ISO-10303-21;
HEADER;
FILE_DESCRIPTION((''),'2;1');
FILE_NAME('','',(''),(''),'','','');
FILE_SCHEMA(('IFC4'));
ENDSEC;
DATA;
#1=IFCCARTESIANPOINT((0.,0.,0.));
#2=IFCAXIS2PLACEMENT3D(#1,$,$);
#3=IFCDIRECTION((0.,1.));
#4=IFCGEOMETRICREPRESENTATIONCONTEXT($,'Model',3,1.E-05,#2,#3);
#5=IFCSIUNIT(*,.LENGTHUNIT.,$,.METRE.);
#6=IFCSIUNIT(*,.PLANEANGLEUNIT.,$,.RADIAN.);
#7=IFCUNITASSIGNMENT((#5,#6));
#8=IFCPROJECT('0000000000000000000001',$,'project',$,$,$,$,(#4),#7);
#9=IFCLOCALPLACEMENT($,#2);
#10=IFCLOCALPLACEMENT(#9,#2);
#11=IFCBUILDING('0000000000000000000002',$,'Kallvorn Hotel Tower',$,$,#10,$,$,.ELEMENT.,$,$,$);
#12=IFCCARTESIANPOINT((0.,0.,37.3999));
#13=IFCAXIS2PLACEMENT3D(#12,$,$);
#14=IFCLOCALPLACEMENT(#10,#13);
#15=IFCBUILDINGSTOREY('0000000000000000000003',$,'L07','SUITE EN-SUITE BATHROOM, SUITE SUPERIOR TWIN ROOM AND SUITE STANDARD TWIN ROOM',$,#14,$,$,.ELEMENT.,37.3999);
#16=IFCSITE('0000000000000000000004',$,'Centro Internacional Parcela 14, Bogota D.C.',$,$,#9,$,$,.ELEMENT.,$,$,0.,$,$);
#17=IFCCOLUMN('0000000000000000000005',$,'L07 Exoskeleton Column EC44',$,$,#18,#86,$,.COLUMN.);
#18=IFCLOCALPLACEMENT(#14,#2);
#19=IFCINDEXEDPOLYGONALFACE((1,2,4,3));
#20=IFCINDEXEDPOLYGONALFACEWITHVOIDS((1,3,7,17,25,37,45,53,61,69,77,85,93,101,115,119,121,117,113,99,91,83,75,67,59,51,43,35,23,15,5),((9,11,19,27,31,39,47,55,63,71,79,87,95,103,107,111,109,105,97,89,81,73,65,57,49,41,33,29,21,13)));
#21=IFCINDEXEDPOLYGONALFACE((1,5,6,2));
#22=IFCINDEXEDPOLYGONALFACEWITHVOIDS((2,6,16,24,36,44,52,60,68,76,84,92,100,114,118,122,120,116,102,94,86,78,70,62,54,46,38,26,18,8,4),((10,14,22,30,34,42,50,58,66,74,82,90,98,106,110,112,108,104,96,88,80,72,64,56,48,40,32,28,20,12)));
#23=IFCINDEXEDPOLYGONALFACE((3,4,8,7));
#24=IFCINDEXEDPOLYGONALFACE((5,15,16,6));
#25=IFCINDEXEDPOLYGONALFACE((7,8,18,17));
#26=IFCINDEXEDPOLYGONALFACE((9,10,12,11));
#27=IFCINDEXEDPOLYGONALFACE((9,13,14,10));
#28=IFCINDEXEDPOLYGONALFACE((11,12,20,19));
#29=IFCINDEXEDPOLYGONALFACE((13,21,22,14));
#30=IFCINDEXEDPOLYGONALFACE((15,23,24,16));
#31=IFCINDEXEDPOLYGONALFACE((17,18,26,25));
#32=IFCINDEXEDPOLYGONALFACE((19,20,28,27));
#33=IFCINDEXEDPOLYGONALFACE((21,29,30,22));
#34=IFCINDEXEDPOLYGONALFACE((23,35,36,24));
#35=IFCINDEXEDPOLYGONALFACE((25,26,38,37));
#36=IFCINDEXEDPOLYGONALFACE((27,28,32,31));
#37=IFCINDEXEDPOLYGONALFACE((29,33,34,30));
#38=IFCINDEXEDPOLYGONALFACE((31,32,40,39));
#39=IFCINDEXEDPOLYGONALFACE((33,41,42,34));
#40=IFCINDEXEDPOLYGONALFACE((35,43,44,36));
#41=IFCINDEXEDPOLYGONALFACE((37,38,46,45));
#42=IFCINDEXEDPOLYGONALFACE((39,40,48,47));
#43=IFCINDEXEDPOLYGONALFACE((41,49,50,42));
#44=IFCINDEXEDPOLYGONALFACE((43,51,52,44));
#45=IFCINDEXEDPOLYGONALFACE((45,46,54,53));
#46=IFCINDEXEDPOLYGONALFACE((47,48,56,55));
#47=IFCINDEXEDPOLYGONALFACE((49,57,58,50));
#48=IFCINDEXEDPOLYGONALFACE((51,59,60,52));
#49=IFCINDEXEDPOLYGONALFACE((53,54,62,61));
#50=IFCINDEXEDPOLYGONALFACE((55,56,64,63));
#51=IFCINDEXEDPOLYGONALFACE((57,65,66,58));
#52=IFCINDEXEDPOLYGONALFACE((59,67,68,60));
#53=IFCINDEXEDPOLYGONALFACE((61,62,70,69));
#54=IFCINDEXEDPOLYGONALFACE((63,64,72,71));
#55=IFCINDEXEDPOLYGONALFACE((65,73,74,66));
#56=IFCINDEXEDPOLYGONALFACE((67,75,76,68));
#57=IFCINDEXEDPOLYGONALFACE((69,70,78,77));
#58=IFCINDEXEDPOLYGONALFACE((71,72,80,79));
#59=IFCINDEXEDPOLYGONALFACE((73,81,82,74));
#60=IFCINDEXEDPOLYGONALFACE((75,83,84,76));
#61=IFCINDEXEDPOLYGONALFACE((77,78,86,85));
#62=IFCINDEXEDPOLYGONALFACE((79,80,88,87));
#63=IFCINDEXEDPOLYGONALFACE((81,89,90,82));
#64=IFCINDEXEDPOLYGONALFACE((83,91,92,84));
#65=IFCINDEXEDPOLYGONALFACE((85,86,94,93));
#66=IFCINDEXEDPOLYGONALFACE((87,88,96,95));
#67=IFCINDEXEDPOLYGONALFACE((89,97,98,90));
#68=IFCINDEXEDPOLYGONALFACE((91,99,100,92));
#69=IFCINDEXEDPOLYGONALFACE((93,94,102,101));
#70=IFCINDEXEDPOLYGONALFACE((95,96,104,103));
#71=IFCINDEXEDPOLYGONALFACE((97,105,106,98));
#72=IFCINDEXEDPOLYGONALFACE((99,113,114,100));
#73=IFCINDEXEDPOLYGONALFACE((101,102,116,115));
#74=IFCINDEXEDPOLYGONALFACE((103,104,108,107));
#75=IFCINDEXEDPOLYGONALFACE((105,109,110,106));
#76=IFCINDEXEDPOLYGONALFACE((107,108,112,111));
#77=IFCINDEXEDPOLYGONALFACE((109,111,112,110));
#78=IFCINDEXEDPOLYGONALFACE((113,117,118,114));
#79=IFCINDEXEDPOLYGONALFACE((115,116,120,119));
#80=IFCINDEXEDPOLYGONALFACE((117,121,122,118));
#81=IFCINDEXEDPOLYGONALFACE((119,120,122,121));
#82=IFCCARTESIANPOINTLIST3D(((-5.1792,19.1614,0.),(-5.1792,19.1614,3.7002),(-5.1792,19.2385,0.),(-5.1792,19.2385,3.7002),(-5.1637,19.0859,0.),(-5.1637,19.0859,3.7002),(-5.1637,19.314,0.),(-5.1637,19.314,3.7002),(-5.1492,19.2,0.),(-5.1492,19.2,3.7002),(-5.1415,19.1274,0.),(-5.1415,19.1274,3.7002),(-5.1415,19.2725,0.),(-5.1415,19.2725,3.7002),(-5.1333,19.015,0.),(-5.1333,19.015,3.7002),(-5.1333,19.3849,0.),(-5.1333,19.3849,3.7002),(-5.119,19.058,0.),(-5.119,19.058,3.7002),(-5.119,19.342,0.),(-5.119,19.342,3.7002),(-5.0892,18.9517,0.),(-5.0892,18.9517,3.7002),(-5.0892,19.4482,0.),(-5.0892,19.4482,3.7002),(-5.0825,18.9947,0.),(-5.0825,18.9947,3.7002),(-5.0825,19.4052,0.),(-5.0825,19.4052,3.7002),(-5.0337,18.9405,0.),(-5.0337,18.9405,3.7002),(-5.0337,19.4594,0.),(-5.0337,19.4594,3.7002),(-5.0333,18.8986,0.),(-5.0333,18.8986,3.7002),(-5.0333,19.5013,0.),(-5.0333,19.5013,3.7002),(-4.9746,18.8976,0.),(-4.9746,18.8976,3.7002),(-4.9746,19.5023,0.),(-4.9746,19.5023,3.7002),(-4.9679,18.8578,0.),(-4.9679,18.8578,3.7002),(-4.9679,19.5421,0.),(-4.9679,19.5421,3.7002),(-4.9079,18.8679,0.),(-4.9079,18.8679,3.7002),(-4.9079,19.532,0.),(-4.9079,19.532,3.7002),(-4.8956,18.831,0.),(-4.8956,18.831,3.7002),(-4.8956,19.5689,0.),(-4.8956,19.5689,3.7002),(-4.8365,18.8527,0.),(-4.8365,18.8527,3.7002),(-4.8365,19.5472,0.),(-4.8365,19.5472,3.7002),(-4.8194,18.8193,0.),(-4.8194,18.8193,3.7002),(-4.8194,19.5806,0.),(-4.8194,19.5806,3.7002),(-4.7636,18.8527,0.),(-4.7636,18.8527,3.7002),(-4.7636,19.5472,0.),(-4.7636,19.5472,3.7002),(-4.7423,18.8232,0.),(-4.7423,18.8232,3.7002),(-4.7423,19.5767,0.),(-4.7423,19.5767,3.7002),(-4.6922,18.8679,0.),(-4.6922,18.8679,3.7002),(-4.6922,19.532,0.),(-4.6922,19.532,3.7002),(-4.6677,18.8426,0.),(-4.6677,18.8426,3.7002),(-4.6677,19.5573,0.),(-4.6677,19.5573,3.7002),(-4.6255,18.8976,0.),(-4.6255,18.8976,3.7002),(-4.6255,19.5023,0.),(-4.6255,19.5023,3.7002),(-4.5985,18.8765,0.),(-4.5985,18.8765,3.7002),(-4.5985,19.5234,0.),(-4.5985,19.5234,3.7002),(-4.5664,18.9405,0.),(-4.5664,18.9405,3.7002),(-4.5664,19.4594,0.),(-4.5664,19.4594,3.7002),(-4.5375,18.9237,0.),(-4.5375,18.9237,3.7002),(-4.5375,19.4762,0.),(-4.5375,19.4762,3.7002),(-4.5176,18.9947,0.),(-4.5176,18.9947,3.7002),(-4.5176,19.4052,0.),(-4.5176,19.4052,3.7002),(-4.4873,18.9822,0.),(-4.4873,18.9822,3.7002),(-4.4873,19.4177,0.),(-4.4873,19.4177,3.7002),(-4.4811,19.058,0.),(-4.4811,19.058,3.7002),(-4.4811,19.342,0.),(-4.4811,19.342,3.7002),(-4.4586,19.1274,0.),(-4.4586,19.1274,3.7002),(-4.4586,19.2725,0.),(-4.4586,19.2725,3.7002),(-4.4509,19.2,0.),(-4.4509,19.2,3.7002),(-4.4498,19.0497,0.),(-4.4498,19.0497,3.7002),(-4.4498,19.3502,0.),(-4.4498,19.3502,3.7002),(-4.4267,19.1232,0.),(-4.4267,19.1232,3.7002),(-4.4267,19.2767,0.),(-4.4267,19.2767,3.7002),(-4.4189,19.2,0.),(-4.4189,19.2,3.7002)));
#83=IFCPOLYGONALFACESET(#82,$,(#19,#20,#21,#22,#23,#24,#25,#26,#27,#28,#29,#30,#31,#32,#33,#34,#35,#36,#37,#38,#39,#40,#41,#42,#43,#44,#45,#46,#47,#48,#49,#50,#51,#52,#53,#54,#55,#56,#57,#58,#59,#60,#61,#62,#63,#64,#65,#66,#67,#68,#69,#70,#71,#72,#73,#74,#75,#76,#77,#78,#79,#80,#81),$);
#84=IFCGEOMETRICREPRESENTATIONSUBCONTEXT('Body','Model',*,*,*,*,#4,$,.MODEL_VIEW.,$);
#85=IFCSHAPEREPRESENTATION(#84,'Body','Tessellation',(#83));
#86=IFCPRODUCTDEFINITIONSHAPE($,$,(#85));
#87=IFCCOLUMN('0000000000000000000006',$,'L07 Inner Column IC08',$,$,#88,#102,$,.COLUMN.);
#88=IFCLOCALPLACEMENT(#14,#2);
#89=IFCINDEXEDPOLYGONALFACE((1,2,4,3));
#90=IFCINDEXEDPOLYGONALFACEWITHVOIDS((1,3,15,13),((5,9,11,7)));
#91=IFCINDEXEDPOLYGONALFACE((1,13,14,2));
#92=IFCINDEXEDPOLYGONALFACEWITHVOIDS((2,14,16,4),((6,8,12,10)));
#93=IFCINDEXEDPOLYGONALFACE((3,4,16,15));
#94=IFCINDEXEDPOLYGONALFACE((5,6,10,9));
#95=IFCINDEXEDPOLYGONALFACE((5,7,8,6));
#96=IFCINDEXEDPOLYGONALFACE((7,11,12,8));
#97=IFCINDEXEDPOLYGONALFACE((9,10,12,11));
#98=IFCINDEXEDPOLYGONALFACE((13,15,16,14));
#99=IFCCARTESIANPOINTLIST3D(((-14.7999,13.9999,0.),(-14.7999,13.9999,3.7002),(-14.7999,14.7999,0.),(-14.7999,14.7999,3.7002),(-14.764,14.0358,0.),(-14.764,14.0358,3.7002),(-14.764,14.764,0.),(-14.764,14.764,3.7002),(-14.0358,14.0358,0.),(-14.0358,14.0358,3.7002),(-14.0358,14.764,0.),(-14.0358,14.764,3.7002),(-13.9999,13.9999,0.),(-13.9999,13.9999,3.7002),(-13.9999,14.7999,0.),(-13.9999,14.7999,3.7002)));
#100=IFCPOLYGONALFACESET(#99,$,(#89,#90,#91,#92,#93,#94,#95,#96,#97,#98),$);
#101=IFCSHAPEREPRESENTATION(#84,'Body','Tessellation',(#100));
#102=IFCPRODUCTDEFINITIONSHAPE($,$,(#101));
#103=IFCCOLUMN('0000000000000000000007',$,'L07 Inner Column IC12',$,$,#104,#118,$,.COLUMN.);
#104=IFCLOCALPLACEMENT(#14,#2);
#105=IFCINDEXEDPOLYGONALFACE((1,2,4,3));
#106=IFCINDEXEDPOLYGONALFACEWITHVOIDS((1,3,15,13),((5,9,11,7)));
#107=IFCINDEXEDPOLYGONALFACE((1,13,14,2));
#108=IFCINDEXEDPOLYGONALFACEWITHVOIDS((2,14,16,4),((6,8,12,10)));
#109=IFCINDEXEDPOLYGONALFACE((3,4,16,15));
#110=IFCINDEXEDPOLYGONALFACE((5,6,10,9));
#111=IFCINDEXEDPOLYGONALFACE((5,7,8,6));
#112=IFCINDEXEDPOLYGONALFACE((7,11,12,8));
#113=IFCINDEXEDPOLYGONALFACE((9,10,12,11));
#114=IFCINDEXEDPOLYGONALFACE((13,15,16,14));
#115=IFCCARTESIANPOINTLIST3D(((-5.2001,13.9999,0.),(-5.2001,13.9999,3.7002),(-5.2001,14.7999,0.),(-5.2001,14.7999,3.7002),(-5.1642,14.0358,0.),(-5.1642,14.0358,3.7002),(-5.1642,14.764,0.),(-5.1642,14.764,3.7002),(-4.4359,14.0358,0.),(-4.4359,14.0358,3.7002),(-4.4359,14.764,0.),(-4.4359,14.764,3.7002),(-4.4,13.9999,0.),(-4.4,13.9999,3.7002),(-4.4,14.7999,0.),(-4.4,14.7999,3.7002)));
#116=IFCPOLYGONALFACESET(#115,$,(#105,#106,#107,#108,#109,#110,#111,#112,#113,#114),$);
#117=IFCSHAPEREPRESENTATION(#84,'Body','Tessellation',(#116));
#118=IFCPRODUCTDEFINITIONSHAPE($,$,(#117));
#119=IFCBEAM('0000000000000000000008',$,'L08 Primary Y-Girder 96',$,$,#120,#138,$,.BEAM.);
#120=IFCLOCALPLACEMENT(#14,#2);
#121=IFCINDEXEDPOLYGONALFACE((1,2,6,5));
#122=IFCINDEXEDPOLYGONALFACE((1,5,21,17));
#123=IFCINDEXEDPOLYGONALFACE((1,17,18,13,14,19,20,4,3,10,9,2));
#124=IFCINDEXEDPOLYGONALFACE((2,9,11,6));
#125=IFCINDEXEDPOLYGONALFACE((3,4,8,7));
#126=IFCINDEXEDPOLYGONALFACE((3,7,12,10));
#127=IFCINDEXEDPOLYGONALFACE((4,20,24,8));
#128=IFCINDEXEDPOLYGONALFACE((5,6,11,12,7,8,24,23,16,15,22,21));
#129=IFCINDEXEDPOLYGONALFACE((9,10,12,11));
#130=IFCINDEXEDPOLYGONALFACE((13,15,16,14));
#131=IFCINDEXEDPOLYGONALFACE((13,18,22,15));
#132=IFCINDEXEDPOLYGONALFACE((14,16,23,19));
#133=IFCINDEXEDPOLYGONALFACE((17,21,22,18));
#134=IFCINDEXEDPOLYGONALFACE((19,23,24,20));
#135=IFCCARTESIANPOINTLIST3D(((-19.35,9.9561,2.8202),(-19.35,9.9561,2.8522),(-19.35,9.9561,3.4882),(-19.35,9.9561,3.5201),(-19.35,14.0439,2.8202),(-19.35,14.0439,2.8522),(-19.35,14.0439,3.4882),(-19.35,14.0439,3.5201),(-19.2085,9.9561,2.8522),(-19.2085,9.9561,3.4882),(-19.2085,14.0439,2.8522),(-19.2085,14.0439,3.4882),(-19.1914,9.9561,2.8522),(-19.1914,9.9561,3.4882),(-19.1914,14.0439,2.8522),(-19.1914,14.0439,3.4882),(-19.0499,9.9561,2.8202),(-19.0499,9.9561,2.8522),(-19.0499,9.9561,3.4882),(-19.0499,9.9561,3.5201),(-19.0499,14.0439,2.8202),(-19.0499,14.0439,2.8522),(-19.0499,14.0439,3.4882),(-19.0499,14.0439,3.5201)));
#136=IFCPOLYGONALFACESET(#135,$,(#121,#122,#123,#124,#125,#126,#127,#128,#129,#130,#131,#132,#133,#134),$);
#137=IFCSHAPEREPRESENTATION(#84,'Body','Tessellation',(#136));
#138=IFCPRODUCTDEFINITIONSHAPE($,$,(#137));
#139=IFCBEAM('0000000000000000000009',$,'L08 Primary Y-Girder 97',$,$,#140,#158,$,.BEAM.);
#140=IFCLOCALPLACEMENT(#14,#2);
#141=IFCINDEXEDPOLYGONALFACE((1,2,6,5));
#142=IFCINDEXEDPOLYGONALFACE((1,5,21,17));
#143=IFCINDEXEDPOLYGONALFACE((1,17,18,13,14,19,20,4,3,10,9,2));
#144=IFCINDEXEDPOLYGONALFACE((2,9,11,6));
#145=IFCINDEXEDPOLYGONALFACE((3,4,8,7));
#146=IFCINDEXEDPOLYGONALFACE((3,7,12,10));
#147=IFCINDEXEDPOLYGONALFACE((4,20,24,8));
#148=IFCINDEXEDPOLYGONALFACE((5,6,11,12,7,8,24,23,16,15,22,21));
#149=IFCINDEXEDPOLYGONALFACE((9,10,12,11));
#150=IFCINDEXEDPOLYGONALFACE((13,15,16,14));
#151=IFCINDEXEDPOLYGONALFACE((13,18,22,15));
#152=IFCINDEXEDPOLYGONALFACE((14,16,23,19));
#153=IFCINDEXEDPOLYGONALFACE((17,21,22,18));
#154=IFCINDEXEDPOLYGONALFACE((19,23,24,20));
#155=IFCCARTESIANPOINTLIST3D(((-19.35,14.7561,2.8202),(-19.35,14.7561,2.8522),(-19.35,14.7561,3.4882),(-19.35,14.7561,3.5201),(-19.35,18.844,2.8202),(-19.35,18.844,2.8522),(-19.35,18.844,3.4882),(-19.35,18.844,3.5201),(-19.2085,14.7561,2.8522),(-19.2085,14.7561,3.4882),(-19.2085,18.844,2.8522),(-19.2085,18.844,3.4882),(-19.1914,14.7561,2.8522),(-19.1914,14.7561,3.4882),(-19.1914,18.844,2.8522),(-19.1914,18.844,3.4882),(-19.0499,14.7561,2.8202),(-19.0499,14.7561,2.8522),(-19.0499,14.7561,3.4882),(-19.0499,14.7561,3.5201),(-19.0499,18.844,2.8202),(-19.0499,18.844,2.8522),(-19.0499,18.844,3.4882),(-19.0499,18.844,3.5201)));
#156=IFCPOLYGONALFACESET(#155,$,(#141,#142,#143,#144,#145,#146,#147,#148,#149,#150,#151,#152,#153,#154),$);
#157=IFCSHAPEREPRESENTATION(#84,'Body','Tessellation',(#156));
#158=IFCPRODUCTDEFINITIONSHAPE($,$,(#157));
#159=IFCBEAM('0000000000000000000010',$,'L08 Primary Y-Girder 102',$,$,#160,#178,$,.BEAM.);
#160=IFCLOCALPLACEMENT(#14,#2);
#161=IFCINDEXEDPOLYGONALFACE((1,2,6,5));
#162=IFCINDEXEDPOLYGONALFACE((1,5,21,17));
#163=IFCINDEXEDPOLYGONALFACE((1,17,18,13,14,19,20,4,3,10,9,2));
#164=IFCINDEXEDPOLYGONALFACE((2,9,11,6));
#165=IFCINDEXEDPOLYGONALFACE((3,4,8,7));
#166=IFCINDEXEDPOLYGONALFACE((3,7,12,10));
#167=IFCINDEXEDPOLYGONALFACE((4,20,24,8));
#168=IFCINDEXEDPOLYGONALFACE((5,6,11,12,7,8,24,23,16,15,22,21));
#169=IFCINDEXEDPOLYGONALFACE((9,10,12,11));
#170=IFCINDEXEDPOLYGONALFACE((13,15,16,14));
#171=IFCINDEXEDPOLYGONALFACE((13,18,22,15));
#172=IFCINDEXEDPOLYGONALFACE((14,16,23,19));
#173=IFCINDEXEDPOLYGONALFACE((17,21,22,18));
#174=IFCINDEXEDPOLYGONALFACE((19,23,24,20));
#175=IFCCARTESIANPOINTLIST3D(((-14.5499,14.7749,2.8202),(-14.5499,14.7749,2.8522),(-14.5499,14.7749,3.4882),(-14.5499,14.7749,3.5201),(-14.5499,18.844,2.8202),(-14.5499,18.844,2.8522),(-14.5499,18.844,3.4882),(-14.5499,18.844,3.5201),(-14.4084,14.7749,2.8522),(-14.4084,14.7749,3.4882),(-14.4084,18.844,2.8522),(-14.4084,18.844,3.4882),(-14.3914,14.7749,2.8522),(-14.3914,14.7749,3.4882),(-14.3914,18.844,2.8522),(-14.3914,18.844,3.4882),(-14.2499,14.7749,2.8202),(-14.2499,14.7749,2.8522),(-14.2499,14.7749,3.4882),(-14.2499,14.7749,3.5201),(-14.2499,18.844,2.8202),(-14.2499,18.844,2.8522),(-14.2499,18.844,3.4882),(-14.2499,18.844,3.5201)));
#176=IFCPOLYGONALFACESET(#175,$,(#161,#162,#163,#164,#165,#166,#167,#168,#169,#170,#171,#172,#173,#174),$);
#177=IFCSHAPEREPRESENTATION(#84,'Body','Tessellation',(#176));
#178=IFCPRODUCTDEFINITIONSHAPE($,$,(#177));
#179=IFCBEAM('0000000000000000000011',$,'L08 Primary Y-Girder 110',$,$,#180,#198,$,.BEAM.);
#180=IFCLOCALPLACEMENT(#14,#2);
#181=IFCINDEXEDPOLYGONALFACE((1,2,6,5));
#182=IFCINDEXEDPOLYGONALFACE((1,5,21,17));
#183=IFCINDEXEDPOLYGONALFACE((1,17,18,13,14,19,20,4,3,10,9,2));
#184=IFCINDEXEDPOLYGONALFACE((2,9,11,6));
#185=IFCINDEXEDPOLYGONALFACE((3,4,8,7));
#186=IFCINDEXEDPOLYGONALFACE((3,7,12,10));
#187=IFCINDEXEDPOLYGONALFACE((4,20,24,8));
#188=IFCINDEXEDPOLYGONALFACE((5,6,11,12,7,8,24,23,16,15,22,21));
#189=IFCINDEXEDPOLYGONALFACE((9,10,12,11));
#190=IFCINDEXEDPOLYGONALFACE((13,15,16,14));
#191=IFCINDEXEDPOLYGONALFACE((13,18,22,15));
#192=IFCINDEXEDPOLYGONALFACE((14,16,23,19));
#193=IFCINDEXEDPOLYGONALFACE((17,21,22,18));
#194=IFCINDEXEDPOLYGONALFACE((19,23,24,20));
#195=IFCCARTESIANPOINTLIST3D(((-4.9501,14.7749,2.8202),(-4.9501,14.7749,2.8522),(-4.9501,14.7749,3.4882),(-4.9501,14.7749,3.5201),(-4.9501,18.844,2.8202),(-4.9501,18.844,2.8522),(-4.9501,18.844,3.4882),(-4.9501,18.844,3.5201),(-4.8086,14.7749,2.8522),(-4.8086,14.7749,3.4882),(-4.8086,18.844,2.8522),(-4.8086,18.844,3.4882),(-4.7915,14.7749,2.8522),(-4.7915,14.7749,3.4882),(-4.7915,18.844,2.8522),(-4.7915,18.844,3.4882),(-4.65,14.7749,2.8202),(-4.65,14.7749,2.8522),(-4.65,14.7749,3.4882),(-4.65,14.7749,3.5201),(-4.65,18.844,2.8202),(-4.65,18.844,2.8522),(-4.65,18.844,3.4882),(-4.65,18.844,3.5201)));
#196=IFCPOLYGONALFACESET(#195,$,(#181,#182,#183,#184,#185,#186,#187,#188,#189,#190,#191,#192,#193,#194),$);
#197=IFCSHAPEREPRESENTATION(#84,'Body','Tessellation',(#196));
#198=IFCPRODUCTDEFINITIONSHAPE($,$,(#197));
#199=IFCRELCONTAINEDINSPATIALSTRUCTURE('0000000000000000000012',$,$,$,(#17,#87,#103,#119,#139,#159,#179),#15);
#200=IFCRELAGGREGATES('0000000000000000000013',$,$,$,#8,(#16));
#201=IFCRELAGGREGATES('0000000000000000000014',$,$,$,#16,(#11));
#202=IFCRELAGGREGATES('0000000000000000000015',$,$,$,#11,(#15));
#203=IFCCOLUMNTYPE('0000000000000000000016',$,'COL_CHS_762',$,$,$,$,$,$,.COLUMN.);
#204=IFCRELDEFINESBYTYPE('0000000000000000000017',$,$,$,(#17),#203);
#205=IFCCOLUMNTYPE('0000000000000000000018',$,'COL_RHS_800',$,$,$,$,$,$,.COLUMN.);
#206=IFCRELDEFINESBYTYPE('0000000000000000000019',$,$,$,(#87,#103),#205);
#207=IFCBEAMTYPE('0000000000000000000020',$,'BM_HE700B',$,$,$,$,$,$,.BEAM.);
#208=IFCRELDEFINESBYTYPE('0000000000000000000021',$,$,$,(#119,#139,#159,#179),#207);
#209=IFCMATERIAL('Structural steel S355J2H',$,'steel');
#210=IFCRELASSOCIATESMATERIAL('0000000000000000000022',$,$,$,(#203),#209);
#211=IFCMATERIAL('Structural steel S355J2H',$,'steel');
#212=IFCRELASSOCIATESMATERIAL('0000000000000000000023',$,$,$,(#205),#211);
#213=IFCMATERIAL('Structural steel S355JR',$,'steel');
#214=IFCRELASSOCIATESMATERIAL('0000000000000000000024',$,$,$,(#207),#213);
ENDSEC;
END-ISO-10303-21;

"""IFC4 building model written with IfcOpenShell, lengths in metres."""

from ifc_helpers import new_model, si_unit, direction, frame, origin, origin_2d, place, context, subcontext, project, spatial, hollow_rectangle, hollow_circle, i_section, extrude, material, material_profile, profile_set, type_object, element, save


model = new_model("IFC4")

# Units and contexts
model_context = context("Model", 3, precision=1e-05, world=origin(), true_north=direction((0.0, 1.0)))
body_context = subcontext(model_context, "Body", "Model", "MODEL_VIEW")
ifc_project = project(units=[si_unit("LENGTHUNIT", "METRE"), si_unit("PLANEANGLEUNIT", "RADIAN")], contexts=[model_context])

# Site, building, storey
site_placement = place(None, origin())
site = spatial("IfcSite", under=ifc_project, at=site_placement, Name="Centro Internacional Parcela 14, Bogota D.C.", CompositionType="ELEMENT", RefElevation=0.0)
building_placement = place(site_placement, origin())
building = spatial("IfcBuilding", under=site, at=building_placement, Name="Kallvorn Hotel Tower", CompositionType="ELEMENT")
storey_placement = place(building_placement, frame((0.0, 0.0, 37.3999)))
storey = spatial("IfcBuildingStorey", under=building, at=storey_placement, Name="L07", Description="SUITE EN-SUITE BATHROOM, SUITE SUPERIOR TWIN ROOM AND SUITE STANDARD TWIN ROOM", CompositionType="ELEMENT", Elevation=37.3999)

# Columns
ifc_material_1 = material(Name="Structural steel S355J2H", Category="steel")
ifc_material_profile_1 = material_profile(ifc_material_1, hollow_circle(Radius=0.3811, WallThickness=0.032, at=origin_2d()), Name="CHS 762x32")
ifc_profile_set_1 = profile_set([ifc_material_profile_1], Name="Structural steel S355J2H")
column_type_1 = type_object("IfcColumnType", Name="COL_CHS_762", PredefinedType="COLUMN", material=ifc_profile_set_1)
for number, where, z_axis, x_axis, name in (
    (1, (-4.8, 19.2, 0.0), (0.0, 0.0, 1.0), (1.0, 0.0, 0.0), "L07 Exoskeleton Column EC44"),
):
    element("IfcColumn", number, at=place(storey_placement, frame(where, z_axis=z_axis, x_axis=x_axis)), inside=storey, type_object=column_type_1, Name=name, PredefinedType="COLUMN", context=body_context, shape_type="SweptSolid", body=[
        extrude(hollow_circle(Radius=0.3811, WallThickness=0.032, at=origin_2d()), origin(), (0.0, 0.0, 1.0), 3.7002),
    ])
ifc_material_2 = material(Name="Structural steel S355J2H", Category="steel")
ifc_material_profile_2 = material_profile(ifc_material_2, hollow_rectangle(XDim=0.8, YDim=0.8, WallThickness=0.0359, at=origin_2d()), Name="RHS 800x800x36")
ifc_profile_set_2 = profile_set([ifc_material_profile_2], Name="Structural steel S355J2H")
column_type_2 = type_object("IfcColumnType", Name="COL_RHS_800", PredefinedType="COLUMN", material=ifc_profile_set_2)
for number, where, z_axis, x_axis, name in (
    (2, (-14.3999, 14.3999, 0.0), (0.0, 0.0, 1.0), (1.0, 0.0, 0.0), "L07 Inner Column IC08"),
    (3, (-4.8, 14.3999, 0.0), (0.0, 0.0, 1.0), (1.0, 0.0, 0.0), "L07 Inner Column IC12"),
):
    element("IfcColumn", number, at=place(storey_placement, frame(where, z_axis=z_axis, x_axis=x_axis)), inside=storey, type_object=column_type_2, Name=name, PredefinedType="COLUMN", context=body_context, shape_type="SweptSolid", body=[
        extrude(hollow_rectangle(XDim=0.8, YDim=0.8, WallThickness=0.0359, at=origin_2d()), origin(), (0.0, 0.0, 1.0), 3.7002),
    ])

# Beams
ifc_material_3 = material(Name="Structural steel S355JR", Category="steel")
ifc_material_profile_3 = material_profile(ifc_material_3, i_section(OverallWidth=0.3, OverallDepth=0.7, WebThickness=0.0171, FlangeThickness=0.032, at=origin_2d()), Name="HE 700 B")
ifc_profile_set_3 = profile_set([ifc_material_profile_3], Name="Structural steel S355JR")
beam_type_1 = type_object("IfcBeamType", Name="BM_HE700B", PredefinedType="BEAM", material=ifc_profile_set_3)
for number, where, z_axis, x_axis, name in (
    (4, (-19.2, 9.9561, 3.1702), (0.0, 1.0, 0.0), (-1.0, 0.0, 0.0), "L08 Primary Y-Girder 96"),
    (5, (-19.2, 14.7561, 3.1702), (0.0, 1.0, 0.0), (-1.0, 0.0, 0.0), "L08 Primary Y-Girder 97"),
):
    element("IfcBeam", number, at=place(storey_placement, frame(where, z_axis=z_axis, x_axis=x_axis)), inside=storey, type_object=beam_type_1, Name=name, PredefinedType="BEAM", context=body_context, shape_type="SweptSolid", body=[
        extrude(i_section(OverallWidth=0.3, OverallDepth=0.7, WebThickness=0.0171, FlangeThickness=0.032, at=origin_2d()), origin(), (0.0, 0.0, 1.0), 4.0879),
    ])
for number, where, z_axis, x_axis, name in (
    (6, (-14.3999, 14.7749, 3.1702), (0.0, 1.0, 0.0), (-1.0, 0.0, 0.0), "L08 Primary Y-Girder 102"),
    (7, (-4.8, 14.7749, 3.1702), (0.0, 1.0, 0.0), (-1.0, 0.0, 0.0), "L08 Primary Y-Girder 110"),
):
    element("IfcBeam", number, at=place(storey_placement, frame(where, z_axis=z_axis, x_axis=x_axis)), inside=storey, type_object=beam_type_1, Name=name, PredefinedType="BEAM", context=body_context, shape_type="SweptSolid", body=[
        extrude(i_section(OverallWidth=0.3, OverallDepth=0.7, WebThickness=0.0171, FlangeThickness=0.032, at=origin_2d()), origin(), (0.0, 0.0, 1.0), 4.0691),
    ])

save(model, "model.ifc")
